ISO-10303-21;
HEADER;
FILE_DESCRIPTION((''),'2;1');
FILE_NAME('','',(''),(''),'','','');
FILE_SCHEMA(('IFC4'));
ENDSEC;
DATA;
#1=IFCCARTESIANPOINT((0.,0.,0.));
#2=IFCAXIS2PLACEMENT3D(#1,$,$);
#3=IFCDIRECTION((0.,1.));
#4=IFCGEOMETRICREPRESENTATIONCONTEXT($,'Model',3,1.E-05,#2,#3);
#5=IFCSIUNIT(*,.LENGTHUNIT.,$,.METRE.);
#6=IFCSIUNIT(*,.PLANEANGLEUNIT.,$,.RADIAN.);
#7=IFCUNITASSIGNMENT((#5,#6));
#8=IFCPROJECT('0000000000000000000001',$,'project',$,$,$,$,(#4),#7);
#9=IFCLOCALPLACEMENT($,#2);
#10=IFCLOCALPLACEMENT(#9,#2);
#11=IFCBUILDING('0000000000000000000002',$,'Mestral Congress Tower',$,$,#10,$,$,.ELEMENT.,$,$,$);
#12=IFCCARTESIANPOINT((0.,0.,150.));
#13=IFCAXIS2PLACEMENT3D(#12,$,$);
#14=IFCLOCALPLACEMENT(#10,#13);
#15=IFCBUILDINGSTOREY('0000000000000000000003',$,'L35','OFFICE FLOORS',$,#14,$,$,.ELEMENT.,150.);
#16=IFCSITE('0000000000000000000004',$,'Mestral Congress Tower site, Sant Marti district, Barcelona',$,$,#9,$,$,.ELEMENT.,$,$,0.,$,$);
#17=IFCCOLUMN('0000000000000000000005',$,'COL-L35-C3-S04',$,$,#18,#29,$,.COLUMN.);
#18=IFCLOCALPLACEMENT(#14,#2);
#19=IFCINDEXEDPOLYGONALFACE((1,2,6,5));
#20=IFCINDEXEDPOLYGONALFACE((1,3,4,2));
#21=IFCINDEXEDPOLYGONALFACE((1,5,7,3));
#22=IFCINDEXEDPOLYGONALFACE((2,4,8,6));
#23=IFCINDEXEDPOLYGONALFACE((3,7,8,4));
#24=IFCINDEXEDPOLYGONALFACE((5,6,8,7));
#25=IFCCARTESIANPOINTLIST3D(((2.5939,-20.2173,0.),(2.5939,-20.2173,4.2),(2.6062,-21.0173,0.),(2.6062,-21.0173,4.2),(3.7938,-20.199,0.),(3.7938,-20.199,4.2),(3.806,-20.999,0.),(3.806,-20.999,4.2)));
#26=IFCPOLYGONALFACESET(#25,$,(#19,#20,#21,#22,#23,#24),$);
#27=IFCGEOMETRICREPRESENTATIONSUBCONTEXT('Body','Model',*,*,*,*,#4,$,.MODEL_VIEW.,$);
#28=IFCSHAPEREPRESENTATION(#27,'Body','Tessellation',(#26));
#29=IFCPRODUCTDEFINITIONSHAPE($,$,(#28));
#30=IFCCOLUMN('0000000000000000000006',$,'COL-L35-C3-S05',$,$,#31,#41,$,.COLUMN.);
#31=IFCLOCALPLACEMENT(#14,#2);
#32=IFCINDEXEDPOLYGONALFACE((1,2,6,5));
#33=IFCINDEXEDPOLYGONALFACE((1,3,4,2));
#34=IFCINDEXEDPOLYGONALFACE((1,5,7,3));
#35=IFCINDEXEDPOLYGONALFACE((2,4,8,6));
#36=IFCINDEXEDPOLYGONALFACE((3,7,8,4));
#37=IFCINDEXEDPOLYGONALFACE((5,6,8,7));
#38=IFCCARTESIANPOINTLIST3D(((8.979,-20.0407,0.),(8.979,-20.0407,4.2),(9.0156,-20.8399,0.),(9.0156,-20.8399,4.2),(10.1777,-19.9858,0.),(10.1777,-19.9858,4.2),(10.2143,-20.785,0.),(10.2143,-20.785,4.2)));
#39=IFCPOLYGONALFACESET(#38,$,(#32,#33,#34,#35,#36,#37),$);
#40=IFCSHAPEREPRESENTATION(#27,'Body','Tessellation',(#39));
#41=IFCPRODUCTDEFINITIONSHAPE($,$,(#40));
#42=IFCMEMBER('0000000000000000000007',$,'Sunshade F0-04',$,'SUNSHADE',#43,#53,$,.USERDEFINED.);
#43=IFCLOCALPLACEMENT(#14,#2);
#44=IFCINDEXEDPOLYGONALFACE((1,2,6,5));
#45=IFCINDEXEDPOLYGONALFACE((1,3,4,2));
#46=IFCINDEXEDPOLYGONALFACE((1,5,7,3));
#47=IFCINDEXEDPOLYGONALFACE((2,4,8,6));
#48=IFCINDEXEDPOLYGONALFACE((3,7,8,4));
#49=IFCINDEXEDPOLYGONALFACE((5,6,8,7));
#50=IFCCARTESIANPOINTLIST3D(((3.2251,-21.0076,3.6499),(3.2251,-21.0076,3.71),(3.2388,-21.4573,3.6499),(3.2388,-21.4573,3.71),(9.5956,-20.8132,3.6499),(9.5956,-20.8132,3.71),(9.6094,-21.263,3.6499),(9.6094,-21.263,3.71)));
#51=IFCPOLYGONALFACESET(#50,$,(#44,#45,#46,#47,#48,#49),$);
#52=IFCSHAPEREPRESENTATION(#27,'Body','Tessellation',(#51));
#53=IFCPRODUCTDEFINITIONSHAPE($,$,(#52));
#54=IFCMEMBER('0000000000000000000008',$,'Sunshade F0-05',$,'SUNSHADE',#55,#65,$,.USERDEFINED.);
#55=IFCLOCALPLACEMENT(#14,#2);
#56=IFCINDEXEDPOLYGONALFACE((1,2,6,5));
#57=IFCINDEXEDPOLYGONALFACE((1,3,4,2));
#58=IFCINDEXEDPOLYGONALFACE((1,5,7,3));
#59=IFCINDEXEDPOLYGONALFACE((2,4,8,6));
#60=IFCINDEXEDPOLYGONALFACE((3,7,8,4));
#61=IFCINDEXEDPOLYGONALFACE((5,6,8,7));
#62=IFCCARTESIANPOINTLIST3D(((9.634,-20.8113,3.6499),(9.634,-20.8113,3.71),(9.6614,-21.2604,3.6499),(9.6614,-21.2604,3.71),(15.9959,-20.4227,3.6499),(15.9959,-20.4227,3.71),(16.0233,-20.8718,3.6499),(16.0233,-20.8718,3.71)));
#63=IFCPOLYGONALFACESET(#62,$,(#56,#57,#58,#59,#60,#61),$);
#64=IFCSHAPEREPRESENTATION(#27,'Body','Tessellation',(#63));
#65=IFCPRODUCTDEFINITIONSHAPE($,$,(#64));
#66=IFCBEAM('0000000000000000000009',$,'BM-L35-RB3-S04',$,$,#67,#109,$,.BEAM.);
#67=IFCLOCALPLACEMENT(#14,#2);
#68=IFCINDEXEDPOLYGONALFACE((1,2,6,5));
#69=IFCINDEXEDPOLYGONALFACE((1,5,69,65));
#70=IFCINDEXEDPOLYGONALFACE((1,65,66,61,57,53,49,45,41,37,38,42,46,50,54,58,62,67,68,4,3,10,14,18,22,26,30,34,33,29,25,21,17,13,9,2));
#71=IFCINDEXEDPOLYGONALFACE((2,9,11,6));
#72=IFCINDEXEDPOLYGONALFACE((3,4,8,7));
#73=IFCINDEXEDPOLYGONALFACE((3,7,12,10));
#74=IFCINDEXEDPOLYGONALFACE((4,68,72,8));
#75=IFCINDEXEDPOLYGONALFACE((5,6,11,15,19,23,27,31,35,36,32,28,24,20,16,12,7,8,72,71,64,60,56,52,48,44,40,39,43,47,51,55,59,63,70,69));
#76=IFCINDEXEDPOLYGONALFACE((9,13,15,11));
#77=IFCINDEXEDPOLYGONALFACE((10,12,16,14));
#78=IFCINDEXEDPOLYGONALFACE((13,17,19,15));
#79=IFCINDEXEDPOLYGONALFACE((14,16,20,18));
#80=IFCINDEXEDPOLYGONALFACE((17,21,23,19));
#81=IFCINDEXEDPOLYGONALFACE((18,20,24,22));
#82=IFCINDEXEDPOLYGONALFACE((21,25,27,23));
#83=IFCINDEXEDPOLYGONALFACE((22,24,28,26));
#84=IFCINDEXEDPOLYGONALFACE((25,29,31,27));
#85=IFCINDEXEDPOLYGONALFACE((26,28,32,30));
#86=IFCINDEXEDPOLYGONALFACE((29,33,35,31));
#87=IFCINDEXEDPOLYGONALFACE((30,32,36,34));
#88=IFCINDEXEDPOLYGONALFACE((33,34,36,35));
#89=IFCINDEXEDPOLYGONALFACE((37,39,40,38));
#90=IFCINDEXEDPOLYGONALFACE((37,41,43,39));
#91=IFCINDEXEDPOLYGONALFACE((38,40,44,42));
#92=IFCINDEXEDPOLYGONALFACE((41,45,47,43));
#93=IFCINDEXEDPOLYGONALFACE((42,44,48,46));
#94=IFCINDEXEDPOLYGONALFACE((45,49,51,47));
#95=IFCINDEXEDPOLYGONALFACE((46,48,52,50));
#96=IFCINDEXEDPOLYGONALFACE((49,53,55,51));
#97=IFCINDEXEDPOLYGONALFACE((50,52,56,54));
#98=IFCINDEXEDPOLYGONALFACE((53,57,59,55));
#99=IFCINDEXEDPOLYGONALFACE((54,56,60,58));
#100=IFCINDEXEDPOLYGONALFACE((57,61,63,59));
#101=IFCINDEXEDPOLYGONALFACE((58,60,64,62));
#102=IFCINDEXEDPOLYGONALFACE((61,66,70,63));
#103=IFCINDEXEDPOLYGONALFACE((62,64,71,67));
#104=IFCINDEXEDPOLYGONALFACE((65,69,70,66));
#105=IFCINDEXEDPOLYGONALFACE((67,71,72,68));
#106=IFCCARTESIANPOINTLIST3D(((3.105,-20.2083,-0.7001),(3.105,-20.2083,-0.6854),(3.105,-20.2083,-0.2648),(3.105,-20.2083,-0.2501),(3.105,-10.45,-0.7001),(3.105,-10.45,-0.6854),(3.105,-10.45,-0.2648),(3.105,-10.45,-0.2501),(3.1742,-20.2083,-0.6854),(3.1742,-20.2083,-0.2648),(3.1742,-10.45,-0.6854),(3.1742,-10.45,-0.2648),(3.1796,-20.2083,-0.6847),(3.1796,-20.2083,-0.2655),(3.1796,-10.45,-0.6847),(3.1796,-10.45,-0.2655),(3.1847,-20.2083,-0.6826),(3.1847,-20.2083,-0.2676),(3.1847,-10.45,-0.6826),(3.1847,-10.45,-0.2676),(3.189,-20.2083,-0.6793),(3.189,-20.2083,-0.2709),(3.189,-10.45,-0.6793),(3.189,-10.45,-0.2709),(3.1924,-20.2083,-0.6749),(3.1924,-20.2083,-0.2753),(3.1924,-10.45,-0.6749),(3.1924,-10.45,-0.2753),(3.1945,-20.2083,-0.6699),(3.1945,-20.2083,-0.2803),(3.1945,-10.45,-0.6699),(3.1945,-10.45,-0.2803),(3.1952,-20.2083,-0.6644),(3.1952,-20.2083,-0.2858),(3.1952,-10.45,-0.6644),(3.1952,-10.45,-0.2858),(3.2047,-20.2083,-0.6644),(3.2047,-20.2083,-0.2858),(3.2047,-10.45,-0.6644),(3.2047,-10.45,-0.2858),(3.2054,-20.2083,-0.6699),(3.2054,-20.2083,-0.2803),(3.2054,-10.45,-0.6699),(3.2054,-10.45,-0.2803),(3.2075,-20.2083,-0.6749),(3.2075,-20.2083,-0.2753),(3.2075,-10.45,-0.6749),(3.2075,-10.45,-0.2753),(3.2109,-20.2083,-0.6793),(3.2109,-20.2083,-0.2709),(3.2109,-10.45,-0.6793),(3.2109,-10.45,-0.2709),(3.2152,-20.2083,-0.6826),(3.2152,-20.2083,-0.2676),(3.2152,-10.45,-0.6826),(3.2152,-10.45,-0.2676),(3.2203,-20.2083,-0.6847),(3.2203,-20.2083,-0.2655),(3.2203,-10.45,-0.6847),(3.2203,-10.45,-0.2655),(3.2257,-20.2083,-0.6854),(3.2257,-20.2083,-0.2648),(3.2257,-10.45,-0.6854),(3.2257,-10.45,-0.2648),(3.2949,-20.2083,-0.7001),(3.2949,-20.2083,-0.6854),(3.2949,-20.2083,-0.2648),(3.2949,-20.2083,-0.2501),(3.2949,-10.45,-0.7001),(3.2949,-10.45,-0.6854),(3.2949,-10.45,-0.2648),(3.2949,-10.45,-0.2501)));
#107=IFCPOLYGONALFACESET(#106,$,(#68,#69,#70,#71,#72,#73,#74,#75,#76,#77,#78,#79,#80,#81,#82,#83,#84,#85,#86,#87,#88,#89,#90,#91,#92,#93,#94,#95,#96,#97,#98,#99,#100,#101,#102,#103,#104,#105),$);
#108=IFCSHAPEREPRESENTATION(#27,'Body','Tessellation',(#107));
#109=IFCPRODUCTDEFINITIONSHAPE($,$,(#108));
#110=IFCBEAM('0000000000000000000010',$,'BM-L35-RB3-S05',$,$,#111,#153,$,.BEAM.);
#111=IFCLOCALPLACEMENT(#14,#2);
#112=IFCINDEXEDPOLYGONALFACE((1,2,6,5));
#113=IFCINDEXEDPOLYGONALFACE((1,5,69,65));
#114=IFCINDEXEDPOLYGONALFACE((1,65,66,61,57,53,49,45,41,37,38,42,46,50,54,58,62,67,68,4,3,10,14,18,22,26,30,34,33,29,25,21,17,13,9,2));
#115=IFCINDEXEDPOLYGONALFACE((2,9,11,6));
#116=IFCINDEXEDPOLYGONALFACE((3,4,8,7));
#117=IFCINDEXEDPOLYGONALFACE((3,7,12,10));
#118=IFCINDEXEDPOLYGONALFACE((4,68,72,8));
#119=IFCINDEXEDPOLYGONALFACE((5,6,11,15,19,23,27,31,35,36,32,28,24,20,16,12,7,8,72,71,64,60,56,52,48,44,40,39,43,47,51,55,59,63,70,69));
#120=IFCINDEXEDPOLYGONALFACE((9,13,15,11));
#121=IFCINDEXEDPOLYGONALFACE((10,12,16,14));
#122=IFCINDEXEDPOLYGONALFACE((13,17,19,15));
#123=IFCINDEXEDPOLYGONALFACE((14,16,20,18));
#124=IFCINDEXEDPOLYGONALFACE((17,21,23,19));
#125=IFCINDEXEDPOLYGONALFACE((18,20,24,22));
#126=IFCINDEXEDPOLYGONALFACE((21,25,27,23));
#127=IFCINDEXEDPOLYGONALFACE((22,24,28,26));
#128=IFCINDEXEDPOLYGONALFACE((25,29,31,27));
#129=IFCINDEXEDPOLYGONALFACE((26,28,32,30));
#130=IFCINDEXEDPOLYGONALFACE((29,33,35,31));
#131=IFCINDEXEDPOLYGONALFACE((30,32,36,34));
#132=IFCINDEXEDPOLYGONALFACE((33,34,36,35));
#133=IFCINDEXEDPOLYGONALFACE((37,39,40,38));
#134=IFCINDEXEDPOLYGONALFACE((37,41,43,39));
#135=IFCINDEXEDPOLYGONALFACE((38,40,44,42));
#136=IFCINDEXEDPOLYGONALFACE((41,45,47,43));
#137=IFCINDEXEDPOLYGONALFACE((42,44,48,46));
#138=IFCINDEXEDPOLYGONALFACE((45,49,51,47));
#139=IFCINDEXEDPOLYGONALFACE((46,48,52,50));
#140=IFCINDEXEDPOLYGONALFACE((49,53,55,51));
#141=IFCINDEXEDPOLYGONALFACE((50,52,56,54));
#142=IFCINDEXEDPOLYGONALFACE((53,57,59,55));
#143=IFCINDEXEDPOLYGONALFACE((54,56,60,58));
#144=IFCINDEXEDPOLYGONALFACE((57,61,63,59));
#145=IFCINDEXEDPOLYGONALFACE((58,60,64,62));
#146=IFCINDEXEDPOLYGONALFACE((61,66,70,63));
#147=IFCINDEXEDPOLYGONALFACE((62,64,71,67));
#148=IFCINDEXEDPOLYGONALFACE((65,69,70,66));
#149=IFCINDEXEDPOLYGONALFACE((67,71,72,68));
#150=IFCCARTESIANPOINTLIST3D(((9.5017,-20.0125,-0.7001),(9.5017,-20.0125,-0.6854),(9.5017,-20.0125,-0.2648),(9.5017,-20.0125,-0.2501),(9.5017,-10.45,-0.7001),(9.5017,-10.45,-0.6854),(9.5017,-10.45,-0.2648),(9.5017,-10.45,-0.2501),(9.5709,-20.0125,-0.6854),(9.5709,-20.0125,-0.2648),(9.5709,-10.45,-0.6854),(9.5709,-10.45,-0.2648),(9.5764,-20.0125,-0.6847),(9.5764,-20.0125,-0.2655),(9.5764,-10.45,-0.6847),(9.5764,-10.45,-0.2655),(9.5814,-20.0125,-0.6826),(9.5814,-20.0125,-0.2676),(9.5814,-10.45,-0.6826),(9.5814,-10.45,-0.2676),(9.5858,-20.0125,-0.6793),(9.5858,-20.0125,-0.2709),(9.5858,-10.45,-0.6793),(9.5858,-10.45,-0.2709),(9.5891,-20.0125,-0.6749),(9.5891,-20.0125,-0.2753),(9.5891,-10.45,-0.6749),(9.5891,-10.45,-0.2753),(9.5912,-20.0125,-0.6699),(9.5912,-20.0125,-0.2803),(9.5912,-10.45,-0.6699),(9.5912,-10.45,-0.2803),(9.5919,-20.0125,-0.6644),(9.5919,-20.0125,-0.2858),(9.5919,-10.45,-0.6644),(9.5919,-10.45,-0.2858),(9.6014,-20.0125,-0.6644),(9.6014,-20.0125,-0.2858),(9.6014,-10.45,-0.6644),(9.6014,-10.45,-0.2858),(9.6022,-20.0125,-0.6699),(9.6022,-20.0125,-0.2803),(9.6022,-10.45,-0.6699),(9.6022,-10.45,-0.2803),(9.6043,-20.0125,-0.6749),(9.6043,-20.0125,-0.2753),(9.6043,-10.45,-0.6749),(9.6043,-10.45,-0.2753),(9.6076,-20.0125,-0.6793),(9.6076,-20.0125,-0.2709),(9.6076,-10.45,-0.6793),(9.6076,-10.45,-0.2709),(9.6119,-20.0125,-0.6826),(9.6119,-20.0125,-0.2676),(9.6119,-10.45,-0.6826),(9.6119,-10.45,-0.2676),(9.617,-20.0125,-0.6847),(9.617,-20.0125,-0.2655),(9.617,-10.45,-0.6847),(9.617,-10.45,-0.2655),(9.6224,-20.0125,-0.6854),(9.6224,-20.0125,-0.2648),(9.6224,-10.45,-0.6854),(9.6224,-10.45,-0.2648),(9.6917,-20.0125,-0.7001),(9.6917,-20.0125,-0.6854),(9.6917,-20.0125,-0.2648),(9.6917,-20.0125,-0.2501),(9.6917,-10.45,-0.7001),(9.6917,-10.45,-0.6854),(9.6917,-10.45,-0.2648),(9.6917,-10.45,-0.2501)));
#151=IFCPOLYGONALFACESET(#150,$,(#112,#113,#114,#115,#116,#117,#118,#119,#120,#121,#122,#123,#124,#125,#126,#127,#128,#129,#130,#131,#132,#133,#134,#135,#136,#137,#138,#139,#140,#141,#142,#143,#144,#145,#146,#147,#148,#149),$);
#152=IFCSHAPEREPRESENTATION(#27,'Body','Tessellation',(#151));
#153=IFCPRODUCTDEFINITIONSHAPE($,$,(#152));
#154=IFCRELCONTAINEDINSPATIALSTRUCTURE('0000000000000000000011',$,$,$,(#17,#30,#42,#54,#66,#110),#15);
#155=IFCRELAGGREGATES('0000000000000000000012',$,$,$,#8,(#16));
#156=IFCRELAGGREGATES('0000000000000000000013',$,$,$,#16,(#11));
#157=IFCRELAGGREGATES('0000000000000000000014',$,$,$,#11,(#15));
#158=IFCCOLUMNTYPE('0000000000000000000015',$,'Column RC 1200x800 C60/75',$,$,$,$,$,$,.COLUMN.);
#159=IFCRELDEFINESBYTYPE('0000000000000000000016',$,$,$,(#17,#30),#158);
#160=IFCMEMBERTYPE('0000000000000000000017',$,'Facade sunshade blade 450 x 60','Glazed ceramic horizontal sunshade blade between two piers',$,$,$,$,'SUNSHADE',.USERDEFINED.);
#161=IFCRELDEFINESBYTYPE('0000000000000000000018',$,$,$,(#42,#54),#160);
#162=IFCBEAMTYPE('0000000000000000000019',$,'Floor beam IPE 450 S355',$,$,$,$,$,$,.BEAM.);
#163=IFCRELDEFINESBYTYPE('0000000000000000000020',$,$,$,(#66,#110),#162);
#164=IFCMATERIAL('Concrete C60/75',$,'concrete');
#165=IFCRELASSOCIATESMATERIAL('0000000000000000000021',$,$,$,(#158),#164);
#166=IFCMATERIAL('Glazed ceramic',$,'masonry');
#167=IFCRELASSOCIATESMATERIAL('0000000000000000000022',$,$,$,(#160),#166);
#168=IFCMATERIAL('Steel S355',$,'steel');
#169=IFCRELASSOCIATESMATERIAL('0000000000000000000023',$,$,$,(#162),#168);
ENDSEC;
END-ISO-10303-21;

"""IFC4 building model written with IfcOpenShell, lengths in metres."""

from ifc_helpers import new_model, si_unit, direction, frame, origin, origin_2d, place, context, subcontext, project, spatial, rectangle, i_section, extrude, material, material_profile, profile_set, type_object, element, save


model = new_model("IFC4")

# Units and contexts
model_context = context("Model", 3, precision=1e-05, world=origin(), true_north=direction((0.0, 1.0)))
body_context = subcontext(model_context, "Body", "Model", "MODEL_VIEW")
ifc_project = project(units=[si_unit("LENGTHUNIT", "METRE"), si_unit("PLANEANGLEUNIT", "RADIAN")], contexts=[model_context])

# Site, building, storey
site_placement = place(None, origin())
site = spatial("IfcSite", under=ifc_project, at=site_placement, Name="Mestral Congress Tower site, Sant Marti district, Barcelona", CompositionType="ELEMENT", RefElevation=0.0)
building_placement = place(site_placement, origin())
building = spatial("IfcBuilding", under=site, at=building_placement, Name="Mestral Congress Tower", CompositionType="ELEMENT")
storey_placement = place(building_placement, frame((0.0, 0.0, 150.0)))
storey = spatial("IfcBuildingStorey", under=building, at=storey_placement, Name="L35", Description="OFFICE FLOORS", CompositionType="ELEMENT", Elevation=150.0)

# Columns
ifc_material_1 = material(Name="Concrete C60/75", Category="concrete")
ifc_material_profile_1 = material_profile(ifc_material_1, rectangle(XDim=1.2, YDim=0.8, at=origin_2d()), Name="RC 1200x800")
ifc_profile_set_1 = profile_set([ifc_material_profile_1], Name="Concrete C60/75")
column_type = type_object("IfcColumnType", Name="Column RC 1200x800 C60/75", PredefinedType="COLUMN", material=ifc_profile_set_1)
for number, where, z_axis, x_axis, name in (
    (1, (3.2, -20.6082, 0.0), (0.0, 0.0, 1.0), (0.999884, 0.015262, 0.0), "COL-L35-C3-S04"),
    (2, (9.5967, -20.4128, 0.0), (0.0, 0.0, 1.0), (0.998952, 0.045771, 0.0), "COL-L35-C3-S05"),
):
    element("IfcColumn", number, at=place(storey_placement, frame(where, z_axis=z_axis, x_axis=x_axis)), inside=storey, type_object=column_type, Name=name, PredefinedType="COLUMN", context=body_context, shape_type="SweptSolid", body=[
        extrude(rectangle(XDim=1.2, YDim=0.8, at=origin_2d()), origin(), (0.0, 0.0, 1.0), 4.2),
    ])

# Members
ifc_material_2 = material(Name="Glazed ceramic", Category="masonry")
ifc_material_profile_2 = material_profile(ifc_material_2, rectangle(XDim=0.45, YDim=0.0601, at=origin_2d()), Name="Ceramic blade 450 x 60")
ifc_profile_set_2 = profile_set([ifc_material_profile_2], Name="Glazed ceramic")
member_type = type_object("IfcMemberType", Name="Facade sunshade blade 450 x 60", Description="Glazed ceramic horizontal sunshade blade between two piers", ElementType="SUNSHADE", PredefinedType="USERDEFINED", material=ifc_profile_set_2)
member_1_placement = place(storey_placement, frame((3.2319, -21.2324, 3.6799), z_axis=(0.999535, 0.030491, 0.0), x_axis=(-0.030491, 0.999535, 0.0)))
element("IfcMember", 3, at=member_1_placement, inside=storey, type_object=member_type, Name="Sunshade F0-04", ObjectType="SUNSHADE", PredefinedType="USERDEFINED", context=body_context, shape_type="SweptSolid", body=[
    extrude(rectangle(XDim=0.45, YDim=0.0601, at=origin_2d()), origin(), (0.0, 0.0, 1.0), 6.3735),
])
member_2_placement = place(storey_placement, frame((9.6477, -21.0359, 3.6799), z_axis=(0.998139, 0.060981, 0.0), x_axis=(-0.060981, 0.998139, 0.0)))
element("IfcMember", 4, at=member_2_placement, inside=storey, type_object=member_type, Name="Sunshade F0-05", ObjectType="SUNSHADE", PredefinedType="USERDEFINED", context=body_context, shape_type="SweptSolid", body=[
    extrude(rectangle(XDim=0.45, YDim=0.0601, at=origin_2d()), origin(), (0.0, 0.0, 1.0), 6.3738),
])

# Beams
ifc_material_3 = material(Name="Steel S355", Category="steel")
ifc_material_profile_3 = material_profile(ifc_material_3, i_section(OverallWidth=0.1899, OverallDepth=0.45, WebThickness=0.0095, FlangeThickness=0.0146, FilletRadius=0.021, at=origin_2d()), Name="IPE 450")
ifc_profile_set_3 = profile_set([ifc_material_profile_3], Name="Steel S355")
beam_type_1 = type_object("IfcBeamType", Name="Floor beam IPE 450 S355", PredefinedType="BEAM", material=ifc_profile_set_3)
beam_1_placement = place(storey_placement, frame((3.2, -20.2083, -0.4751), z_axis=(0.0, 1.0, 0.0), x_axis=(-1.0, 0.0, 0.0)))
element("IfcBeam", 5, at=beam_1_placement, inside=storey, type_object=beam_type_1, Name="BM-L35-RB3-S04", PredefinedType="BEAM", context=body_context, shape_type="SweptSolid", body=[
    extrude(i_section(OverallWidth=0.1899, OverallDepth=0.45, WebThickness=0.0095, FlangeThickness=0.0146, FilletRadius=0.021, at=origin_2d()), origin(), (0.0, 0.0, 1.0), 9.7583),
])
beam_2_placement = place(storey_placement, frame((9.5967, -20.0125, -0.4751), z_axis=(0.0, 1.0, 0.0), x_axis=(-1.0, 0.0, 0.0)))
element("IfcBeam", 6, at=beam_2_placement, inside=storey, type_object=beam_type_1, Name="BM-L35-RB3-S05", PredefinedType="BEAM", context=body_context, shape_type="SweptSolid", body=[
    extrude(i_section(OverallWidth=0.1899, OverallDepth=0.45, WebThickness=0.0095, FlangeThickness=0.0146, FilletRadius=0.021, at=origin_2d()), origin(), (0.0, 0.0, 1.0), 9.5625),
])

save(model, "model.ifc")
